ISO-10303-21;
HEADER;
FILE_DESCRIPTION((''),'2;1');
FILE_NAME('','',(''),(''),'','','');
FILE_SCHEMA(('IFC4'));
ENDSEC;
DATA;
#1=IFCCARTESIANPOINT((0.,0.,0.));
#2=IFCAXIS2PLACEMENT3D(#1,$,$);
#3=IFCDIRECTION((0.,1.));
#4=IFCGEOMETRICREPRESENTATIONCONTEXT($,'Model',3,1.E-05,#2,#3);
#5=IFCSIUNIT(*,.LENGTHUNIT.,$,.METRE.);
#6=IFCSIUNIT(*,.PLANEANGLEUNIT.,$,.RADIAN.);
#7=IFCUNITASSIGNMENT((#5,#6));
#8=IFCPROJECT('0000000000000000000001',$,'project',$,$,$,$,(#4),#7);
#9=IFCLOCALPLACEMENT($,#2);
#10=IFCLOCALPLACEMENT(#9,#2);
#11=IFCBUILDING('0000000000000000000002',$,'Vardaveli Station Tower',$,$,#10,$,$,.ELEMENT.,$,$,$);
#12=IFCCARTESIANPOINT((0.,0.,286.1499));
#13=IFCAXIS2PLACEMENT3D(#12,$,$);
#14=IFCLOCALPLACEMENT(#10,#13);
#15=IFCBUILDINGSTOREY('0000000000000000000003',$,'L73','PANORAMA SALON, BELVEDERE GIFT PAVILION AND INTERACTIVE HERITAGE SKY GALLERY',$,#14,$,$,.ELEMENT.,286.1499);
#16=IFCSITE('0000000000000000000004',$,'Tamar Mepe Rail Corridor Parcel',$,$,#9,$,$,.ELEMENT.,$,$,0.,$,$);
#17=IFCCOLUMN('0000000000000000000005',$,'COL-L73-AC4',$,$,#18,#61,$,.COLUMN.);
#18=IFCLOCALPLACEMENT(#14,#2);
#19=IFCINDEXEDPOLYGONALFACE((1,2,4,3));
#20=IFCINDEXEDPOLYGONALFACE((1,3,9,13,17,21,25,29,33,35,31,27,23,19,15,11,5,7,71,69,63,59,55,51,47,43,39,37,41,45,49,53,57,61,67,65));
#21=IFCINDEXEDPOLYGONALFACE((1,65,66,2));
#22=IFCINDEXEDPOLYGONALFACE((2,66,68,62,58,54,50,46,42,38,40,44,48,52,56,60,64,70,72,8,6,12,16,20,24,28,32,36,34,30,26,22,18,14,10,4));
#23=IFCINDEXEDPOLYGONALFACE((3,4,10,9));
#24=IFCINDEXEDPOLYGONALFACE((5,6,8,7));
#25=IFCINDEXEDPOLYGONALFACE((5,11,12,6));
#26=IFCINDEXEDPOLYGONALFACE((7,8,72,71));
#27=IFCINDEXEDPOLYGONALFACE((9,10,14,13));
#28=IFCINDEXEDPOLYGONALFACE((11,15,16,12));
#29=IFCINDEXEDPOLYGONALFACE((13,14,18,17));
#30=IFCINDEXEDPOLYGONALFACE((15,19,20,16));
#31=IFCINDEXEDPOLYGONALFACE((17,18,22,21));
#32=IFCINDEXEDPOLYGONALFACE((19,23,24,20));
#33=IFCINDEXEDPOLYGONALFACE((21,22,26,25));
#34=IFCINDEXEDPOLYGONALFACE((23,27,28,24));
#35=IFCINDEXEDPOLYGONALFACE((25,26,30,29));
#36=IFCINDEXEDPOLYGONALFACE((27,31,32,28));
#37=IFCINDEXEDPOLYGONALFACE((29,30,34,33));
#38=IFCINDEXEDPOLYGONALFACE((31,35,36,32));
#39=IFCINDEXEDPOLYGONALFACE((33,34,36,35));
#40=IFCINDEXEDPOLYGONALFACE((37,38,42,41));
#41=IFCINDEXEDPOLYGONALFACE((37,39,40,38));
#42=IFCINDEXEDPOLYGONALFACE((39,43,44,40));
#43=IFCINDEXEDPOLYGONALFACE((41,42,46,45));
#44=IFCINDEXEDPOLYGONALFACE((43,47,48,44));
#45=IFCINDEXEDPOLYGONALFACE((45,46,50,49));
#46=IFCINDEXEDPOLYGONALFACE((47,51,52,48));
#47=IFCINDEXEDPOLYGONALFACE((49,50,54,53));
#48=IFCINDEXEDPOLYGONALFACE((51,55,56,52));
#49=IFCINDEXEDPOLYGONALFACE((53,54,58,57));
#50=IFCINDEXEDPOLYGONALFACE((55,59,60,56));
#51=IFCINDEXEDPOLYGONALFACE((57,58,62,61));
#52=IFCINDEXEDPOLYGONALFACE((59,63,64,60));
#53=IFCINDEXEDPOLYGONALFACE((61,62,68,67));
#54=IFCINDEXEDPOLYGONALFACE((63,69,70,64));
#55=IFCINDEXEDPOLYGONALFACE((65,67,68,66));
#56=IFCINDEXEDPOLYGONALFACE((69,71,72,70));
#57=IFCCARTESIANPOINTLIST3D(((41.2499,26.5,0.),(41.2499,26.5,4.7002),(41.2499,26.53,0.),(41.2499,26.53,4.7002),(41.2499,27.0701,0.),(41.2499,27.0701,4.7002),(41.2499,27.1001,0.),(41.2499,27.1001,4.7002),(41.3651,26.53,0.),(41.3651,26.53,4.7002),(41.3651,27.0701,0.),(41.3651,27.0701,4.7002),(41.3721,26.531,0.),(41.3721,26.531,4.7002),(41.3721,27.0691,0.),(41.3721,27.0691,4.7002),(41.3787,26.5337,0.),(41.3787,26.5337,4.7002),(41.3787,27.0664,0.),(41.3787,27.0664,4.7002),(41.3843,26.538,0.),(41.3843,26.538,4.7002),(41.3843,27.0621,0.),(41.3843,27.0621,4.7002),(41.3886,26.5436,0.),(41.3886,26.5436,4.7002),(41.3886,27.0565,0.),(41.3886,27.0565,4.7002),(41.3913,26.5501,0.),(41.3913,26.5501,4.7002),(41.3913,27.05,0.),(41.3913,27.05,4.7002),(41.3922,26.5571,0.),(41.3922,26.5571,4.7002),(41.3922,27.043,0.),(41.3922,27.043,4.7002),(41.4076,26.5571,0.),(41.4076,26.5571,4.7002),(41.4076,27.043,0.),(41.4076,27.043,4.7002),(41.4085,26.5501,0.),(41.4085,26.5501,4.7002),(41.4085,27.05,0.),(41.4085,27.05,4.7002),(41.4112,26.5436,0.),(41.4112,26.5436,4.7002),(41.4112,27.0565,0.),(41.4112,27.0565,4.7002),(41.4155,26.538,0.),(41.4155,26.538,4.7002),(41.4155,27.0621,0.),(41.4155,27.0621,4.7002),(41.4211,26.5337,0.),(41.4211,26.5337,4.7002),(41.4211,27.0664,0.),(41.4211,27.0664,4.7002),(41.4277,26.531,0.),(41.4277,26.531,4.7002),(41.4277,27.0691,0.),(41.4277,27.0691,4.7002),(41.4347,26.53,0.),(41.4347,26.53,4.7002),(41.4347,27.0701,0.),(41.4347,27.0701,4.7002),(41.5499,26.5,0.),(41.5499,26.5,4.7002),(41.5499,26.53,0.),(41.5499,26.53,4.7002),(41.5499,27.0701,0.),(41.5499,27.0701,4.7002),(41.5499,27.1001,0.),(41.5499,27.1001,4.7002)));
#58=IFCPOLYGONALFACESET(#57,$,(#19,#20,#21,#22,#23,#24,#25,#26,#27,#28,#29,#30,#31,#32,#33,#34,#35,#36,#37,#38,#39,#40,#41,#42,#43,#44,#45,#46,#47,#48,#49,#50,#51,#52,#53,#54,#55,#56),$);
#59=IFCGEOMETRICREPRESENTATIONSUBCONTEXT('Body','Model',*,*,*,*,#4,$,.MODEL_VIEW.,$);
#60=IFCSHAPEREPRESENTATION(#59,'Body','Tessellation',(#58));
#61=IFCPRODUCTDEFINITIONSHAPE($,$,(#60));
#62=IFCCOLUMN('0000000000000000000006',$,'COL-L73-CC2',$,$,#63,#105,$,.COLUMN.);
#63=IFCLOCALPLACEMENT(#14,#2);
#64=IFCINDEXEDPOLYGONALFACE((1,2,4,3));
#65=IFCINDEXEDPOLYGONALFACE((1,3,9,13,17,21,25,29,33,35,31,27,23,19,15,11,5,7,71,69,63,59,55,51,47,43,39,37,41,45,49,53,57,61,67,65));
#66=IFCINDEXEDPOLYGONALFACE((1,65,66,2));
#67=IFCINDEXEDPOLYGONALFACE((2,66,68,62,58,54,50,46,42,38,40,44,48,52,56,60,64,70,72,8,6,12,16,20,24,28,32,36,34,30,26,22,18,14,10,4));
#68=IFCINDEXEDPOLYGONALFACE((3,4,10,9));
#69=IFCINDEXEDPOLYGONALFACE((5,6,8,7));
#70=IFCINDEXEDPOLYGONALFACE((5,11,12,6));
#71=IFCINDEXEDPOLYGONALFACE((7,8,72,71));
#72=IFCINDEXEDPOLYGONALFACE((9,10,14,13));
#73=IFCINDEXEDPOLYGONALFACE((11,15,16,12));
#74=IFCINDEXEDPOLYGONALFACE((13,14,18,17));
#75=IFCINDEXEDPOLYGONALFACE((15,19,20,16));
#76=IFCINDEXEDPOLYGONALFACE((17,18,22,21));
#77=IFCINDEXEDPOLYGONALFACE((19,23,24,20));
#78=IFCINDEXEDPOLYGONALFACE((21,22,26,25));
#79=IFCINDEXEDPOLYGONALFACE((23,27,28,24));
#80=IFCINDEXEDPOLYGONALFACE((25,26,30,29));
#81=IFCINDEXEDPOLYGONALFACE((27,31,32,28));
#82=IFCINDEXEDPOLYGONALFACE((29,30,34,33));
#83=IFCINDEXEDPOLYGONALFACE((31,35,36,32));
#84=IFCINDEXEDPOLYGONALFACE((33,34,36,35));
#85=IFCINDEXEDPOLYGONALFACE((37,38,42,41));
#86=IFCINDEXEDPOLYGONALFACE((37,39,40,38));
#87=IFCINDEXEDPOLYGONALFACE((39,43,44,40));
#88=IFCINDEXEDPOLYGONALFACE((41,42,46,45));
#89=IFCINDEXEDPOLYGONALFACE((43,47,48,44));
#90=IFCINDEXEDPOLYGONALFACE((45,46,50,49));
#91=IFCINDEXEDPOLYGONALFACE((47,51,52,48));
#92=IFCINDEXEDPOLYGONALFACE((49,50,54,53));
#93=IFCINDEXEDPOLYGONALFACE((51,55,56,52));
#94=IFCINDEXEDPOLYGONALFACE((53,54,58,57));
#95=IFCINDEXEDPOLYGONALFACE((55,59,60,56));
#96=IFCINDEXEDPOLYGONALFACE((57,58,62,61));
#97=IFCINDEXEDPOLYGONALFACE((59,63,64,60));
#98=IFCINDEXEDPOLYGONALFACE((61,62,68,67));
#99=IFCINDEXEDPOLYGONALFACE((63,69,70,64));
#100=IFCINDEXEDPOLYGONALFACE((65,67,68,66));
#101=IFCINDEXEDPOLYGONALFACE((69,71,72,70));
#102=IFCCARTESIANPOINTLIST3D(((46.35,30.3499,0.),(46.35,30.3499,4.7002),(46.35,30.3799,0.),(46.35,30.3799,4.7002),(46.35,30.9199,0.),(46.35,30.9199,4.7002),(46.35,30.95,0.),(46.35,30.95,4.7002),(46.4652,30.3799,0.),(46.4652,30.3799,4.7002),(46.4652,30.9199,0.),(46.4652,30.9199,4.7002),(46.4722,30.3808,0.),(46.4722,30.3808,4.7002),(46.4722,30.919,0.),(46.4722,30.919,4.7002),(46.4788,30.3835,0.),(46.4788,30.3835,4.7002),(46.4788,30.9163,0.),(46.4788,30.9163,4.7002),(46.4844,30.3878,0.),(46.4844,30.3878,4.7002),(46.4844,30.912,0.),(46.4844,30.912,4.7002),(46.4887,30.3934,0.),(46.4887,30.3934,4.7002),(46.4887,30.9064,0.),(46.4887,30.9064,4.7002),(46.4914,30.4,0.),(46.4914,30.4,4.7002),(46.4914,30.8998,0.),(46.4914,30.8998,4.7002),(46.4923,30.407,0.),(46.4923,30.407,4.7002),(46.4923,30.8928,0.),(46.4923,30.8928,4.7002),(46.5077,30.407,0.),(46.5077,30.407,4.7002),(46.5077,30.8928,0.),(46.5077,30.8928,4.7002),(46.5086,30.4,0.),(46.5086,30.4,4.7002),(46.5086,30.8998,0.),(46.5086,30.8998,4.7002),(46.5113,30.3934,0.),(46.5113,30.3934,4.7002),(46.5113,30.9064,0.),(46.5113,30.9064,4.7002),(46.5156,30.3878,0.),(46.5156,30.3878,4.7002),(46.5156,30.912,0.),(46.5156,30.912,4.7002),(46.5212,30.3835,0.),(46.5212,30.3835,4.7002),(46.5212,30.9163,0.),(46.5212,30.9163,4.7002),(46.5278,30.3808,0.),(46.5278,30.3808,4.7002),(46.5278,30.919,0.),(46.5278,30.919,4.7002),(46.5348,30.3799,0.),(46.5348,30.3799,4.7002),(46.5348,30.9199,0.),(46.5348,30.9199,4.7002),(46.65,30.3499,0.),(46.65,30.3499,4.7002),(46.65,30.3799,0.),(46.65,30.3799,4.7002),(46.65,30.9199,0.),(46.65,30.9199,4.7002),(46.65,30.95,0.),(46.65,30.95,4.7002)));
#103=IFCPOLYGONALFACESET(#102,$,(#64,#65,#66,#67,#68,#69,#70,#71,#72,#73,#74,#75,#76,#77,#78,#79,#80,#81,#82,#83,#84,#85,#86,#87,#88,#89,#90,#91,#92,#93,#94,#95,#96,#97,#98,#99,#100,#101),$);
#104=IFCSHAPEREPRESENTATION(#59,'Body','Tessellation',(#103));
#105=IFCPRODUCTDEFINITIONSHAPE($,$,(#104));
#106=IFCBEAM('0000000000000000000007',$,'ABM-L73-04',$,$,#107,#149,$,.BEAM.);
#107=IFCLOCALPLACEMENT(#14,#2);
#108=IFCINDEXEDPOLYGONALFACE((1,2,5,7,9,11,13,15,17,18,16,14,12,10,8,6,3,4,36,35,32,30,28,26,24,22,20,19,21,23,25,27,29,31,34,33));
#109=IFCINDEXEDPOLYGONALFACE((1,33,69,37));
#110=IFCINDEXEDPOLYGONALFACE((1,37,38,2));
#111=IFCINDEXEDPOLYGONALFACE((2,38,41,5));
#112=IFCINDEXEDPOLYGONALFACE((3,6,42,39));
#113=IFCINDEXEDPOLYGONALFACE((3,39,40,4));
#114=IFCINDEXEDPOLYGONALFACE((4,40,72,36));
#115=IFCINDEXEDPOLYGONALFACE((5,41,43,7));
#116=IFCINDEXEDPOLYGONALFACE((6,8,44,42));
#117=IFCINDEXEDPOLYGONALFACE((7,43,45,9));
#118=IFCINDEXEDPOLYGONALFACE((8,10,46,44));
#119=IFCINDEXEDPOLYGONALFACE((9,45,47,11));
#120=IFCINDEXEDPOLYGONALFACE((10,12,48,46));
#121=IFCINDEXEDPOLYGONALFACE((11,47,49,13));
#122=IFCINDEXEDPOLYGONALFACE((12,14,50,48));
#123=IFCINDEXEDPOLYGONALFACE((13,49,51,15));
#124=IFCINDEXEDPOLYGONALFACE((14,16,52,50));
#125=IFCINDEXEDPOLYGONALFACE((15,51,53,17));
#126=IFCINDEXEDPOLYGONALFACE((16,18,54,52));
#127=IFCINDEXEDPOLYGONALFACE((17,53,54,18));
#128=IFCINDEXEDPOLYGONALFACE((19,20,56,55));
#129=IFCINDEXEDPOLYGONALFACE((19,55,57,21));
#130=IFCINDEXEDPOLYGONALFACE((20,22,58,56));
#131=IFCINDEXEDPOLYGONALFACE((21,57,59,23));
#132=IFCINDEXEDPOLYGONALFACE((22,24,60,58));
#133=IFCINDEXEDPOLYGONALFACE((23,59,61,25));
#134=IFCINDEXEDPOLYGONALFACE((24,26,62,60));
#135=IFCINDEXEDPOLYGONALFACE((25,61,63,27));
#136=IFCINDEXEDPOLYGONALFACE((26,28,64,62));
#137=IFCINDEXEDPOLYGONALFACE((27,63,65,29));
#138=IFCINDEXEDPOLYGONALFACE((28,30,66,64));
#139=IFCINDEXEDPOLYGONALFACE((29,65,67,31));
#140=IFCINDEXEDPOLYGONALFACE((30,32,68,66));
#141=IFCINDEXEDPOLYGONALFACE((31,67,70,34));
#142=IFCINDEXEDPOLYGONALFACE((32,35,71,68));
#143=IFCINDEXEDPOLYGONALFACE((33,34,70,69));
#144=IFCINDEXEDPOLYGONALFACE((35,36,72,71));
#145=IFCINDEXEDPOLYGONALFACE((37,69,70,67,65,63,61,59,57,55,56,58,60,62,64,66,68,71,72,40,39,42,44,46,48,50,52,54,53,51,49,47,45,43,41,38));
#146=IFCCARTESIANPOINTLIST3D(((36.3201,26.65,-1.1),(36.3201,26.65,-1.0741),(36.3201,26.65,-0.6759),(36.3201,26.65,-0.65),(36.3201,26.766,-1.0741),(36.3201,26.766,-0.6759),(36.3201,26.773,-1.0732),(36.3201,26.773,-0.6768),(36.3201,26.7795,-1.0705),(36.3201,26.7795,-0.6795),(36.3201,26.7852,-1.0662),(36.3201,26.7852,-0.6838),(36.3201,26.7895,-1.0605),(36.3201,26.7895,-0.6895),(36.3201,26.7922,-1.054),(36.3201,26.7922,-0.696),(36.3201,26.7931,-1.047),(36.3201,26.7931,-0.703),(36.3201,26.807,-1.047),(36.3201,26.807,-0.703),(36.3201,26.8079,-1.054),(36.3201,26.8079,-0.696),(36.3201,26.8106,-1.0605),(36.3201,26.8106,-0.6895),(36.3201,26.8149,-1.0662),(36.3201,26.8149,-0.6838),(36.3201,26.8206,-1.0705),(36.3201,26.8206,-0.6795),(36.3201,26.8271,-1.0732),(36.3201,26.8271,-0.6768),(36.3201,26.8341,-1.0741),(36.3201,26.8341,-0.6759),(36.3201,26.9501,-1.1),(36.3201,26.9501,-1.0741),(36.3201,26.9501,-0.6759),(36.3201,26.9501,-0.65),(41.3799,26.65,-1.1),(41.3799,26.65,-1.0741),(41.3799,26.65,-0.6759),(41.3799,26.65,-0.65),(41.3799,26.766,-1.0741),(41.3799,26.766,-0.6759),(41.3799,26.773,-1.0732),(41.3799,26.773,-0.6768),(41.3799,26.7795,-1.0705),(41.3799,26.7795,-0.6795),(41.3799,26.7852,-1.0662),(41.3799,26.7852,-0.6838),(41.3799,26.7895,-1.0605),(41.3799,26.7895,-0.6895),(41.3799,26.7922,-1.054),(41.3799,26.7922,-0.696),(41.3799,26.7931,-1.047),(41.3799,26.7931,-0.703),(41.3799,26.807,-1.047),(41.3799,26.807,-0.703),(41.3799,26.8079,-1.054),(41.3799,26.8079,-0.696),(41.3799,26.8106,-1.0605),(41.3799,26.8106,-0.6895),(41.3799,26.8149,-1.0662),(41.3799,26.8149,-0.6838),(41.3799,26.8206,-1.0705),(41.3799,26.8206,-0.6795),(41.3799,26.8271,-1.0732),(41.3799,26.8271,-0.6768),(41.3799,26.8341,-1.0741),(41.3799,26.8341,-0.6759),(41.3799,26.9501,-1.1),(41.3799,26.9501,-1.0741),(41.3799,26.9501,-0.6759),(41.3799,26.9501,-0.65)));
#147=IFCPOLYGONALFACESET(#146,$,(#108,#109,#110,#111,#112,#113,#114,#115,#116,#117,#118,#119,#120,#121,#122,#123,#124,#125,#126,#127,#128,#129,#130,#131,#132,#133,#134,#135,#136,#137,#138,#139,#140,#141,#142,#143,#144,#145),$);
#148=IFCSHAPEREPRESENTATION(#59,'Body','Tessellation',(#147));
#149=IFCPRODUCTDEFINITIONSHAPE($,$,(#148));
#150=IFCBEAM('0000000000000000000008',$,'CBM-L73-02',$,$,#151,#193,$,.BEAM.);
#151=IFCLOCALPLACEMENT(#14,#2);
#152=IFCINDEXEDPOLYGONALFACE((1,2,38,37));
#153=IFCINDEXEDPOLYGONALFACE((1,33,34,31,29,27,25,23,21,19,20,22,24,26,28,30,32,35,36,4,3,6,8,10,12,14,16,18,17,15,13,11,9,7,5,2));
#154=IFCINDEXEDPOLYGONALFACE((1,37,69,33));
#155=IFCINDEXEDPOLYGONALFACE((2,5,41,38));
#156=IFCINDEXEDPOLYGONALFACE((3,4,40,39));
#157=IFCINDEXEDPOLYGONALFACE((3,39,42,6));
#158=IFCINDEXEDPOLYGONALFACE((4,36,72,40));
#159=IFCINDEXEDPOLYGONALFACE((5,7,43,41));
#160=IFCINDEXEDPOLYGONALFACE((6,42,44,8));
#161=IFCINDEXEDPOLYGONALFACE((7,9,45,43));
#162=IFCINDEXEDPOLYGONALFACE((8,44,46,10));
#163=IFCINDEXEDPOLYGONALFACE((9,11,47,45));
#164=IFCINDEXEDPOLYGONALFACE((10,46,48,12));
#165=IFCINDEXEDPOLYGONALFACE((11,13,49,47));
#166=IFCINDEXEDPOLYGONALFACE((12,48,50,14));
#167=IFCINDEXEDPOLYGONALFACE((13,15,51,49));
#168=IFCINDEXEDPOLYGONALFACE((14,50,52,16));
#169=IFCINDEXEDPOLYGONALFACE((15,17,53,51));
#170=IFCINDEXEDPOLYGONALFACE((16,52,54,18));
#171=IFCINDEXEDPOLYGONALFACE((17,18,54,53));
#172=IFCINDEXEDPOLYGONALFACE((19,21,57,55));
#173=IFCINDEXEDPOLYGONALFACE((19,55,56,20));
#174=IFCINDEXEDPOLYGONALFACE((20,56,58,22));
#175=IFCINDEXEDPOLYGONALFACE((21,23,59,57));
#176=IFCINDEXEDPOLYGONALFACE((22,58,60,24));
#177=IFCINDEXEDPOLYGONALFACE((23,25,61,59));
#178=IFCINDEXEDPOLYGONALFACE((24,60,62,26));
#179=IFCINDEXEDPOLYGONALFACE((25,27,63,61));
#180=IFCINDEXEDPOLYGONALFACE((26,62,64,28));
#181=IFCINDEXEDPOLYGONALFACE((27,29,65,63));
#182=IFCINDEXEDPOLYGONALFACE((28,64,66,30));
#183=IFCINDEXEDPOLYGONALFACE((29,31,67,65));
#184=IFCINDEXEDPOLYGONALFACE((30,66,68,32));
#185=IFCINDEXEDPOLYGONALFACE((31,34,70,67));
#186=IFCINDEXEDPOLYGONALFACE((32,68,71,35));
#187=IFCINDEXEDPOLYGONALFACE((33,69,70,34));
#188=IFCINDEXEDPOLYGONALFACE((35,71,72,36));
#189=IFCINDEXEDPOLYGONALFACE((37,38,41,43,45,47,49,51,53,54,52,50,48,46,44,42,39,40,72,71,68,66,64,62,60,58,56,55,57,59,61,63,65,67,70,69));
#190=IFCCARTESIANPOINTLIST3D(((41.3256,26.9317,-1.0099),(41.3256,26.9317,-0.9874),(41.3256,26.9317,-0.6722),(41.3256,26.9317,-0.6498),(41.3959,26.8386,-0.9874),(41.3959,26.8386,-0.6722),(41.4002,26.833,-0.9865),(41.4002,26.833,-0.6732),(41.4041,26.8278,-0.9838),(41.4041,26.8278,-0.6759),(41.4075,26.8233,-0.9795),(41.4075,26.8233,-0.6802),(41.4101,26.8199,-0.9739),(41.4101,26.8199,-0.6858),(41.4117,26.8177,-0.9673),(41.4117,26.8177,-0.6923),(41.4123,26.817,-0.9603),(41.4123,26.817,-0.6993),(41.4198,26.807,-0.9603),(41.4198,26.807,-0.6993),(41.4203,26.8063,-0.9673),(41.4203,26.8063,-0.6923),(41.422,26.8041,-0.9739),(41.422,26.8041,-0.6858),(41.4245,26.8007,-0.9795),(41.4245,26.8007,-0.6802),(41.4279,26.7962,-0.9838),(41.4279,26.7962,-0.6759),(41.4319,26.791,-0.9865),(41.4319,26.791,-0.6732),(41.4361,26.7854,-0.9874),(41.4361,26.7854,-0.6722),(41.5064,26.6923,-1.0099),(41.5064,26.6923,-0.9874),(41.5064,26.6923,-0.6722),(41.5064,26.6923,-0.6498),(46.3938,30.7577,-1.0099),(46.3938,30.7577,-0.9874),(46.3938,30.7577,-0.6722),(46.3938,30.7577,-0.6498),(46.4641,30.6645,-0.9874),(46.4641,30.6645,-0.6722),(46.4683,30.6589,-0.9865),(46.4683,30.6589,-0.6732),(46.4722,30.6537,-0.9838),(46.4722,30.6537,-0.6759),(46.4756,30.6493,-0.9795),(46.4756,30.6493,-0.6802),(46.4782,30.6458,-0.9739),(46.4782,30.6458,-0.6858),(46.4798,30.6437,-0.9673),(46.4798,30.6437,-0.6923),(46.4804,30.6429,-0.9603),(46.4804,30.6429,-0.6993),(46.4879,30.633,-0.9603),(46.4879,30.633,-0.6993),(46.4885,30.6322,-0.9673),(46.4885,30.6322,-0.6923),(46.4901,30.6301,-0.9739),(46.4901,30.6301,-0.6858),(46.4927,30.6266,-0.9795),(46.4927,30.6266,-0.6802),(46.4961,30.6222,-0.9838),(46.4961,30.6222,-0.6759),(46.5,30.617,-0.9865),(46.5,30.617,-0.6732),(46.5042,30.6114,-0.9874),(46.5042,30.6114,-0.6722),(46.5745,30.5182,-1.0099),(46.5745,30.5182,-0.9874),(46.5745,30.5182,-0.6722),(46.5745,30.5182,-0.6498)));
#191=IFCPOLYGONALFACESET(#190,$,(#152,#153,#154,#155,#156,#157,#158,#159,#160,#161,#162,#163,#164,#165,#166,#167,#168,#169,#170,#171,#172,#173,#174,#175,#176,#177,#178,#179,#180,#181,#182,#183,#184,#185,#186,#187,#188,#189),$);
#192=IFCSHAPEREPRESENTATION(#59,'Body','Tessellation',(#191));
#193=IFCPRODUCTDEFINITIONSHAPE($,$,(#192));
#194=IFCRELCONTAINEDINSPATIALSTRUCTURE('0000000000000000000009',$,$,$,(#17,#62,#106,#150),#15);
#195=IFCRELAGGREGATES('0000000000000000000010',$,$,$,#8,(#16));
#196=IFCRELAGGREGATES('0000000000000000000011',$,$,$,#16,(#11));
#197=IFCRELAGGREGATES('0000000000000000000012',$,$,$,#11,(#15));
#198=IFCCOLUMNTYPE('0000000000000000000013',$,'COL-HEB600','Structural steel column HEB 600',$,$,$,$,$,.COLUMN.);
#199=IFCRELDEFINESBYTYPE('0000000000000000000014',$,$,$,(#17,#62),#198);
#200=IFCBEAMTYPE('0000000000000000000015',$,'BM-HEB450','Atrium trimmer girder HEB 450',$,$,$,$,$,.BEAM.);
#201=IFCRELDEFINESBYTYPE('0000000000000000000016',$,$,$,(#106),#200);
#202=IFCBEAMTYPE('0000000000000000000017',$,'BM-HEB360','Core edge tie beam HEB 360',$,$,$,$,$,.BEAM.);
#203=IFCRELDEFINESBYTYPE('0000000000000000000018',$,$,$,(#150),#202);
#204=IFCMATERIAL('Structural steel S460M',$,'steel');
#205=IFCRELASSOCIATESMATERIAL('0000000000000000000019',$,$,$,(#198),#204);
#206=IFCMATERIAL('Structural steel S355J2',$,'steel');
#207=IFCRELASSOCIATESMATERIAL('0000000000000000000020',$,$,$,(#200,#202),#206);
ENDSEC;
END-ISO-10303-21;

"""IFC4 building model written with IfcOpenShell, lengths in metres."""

from ifc_helpers import new_model, si_unit, direction, frame, origin, origin_2d, place, context, subcontext, project, spatial, i_section, extrude, source, transform, mapped, material, material_profile, profile_set, type_object, element, save


model = new_model("IFC4")

# Units and contexts
model_context = context("Model", 3, precision=1e-05, world=origin(), true_north=direction((0.0, 1.0)))
body_context = subcontext(model_context, "Body", "Model", "MODEL_VIEW")
ifc_project = project(units=[si_unit("LENGTHUNIT", "METRE"), si_unit("PLANEANGLEUNIT", "RADIAN")], contexts=[model_context])

# Site, building, storey
site_placement = place(None, origin())
site = spatial("IfcSite", under=ifc_project, at=site_placement, Name="Tamar Mepe Rail Corridor Parcel", CompositionType="ELEMENT", RefElevation=0.0)
building_placement = place(site_placement, origin())
building = spatial("IfcBuilding", under=site, at=building_placement, Name="Vardaveli Station Tower", CompositionType="ELEMENT")
storey_placement = place(building_placement, frame((0.0, 0.0, 286.1499)))
storey = spatial("IfcBuildingStorey", under=building, at=storey_placement, Name="L73", Description="PANORAMA SALON, BELVEDERE GIFT PAVILION AND INTERACTIVE HERITAGE SKY GALLERY", CompositionType="ELEMENT", Elevation=286.1499)

# Columns
ifc_material_1 = material(Name="Structural steel S460M", Category="steel")
ifc_material_profile_1 = material_profile(ifc_material_1, i_section(OverallWidth=0.3, OverallDepth=0.6001, WebThickness=0.0154, FlangeThickness=0.03, FilletRadius=0.0271, at=origin_2d()), Name="HEB 600")
ifc_profile_set_1 = profile_set([ifc_material_profile_1], Name="Structural steel S460M")
column_type = type_object("IfcColumnType", Name="COL-HEB600", Description="Structural steel column HEB 600", PredefinedType="COLUMN", material=ifc_profile_set_1)
shared_shape_1 = source(origin(), body_context, "Body", "SweptSolid", [
    extrude(i_section(OverallWidth=0.3, OverallDepth=0.6001, WebThickness=0.0154, FlangeThickness=0.03, FilletRadius=0.0271, at=origin_2d()), origin(), (0.0, 0.0, 1.0), 4.7002),
])
for number, where, z_axis, x_axis, name in (
    (1, (41.3999, 26.8, 0.0), (0.0, 0.0, 1.0), (1.0, 0.0, 0.0), "COL-L73-AC4"),
    (2, (46.5, 30.6499, 0.0), (0.0, 0.0, 1.0), (1.0, 0.0, 0.0), "COL-L73-CC2"),
):
    element("IfcColumn", number, at=place(storey_placement, frame(where, z_axis=z_axis, x_axis=x_axis)), inside=storey, type_object=column_type, Name=name, PredefinedType="COLUMN", context=body_context, shape_type="MappedRepresentation", body=[
        mapped(shared_shape_1, transform((0.0, 0.0, 0.0), scale=1.0)),
    ])

# Beams
ifc_material_2 = material(Name="Structural steel S355J2", Category="steel")
ifc_material_profile_2 = material_profile(ifc_material_2, i_section(OverallWidth=0.3, OverallDepth=0.45, WebThickness=0.0139, FlangeThickness=0.0259, FilletRadius=0.0271, at=origin_2d()), Name="HEB 450")
ifc_profile_set_2 = profile_set([ifc_material_profile_2], Name="Structural steel S355J2")
beam_type_1 = type_object("IfcBeamType", Name="BM-HEB450", Description="Atrium trimmer girder HEB 450", PredefinedType="BEAM", material=ifc_profile_set_2)
shared_shape_2 = source(origin(), body_context, "Body", "SweptSolid", [
    extrude(i_section(OverallWidth=0.3, OverallDepth=0.45, WebThickness=0.0139, FlangeThickness=0.0259, FilletRadius=0.0271, at=origin_2d()), origin(), (0.0, 0.0, 1.0), 5.0598),
])
beam_1_placement = place(storey_placement, frame((41.3799, 26.8, -0.875), z_axis=(-1.0, 0.0, 0.0), x_axis=(0.0, -1.0, 0.0)))
element("IfcBeam", 3, at=beam_1_placement, inside=storey, type_object=beam_type_1, Name="ABM-L73-04", PredefinedType="BEAM", context=body_context, shape_type="MappedRepresentation", body=[
    mapped(shared_shape_2, transform((0.0, 0.0, 0.0), scale=1.0)),
])
ifc_material_profile_3 = material_profile(ifc_material_2, i_section(OverallWidth=0.3, OverallDepth=0.3601, WebThickness=0.0125, FlangeThickness=0.0225, FilletRadius=0.0271, at=origin_2d()), Name="HEB 360")
ifc_profile_set_3 = profile_set([ifc_material_profile_3], Name="Structural steel S355J2")
beam_type_2 = type_object("IfcBeamType", Name="BM-HEB360", Description="Core edge tie beam HEB 360", PredefinedType="BEAM", material=ifc_profile_set_3)
shared_shape_3 = source(origin(), body_context, "Body", "SweptSolid", [
    extrude(i_section(OverallWidth=0.3, OverallDepth=0.3601, WebThickness=0.0125, FlangeThickness=0.0225, FilletRadius=0.0271, at=origin_2d()), origin(), (0.0, 0.0, 1.0), 6.3501),
])
beam_2_placement = place(storey_placement, frame((41.416, 26.812, -0.8298), z_axis=(0.798118, 0.602501, 0.0), x_axis=(-0.602501, 0.798118, 0.0)))
element("IfcBeam", 4, at=beam_2_placement, inside=storey, type_object=beam_type_2, Name="CBM-L73-02", PredefinedType="BEAM", context=body_context, shape_type="MappedRepresentation", body=[
    mapped(shared_shape_3, transform((0.0, 0.0, 0.0), scale=1.0)),
])

save(model, "model.ifc")
